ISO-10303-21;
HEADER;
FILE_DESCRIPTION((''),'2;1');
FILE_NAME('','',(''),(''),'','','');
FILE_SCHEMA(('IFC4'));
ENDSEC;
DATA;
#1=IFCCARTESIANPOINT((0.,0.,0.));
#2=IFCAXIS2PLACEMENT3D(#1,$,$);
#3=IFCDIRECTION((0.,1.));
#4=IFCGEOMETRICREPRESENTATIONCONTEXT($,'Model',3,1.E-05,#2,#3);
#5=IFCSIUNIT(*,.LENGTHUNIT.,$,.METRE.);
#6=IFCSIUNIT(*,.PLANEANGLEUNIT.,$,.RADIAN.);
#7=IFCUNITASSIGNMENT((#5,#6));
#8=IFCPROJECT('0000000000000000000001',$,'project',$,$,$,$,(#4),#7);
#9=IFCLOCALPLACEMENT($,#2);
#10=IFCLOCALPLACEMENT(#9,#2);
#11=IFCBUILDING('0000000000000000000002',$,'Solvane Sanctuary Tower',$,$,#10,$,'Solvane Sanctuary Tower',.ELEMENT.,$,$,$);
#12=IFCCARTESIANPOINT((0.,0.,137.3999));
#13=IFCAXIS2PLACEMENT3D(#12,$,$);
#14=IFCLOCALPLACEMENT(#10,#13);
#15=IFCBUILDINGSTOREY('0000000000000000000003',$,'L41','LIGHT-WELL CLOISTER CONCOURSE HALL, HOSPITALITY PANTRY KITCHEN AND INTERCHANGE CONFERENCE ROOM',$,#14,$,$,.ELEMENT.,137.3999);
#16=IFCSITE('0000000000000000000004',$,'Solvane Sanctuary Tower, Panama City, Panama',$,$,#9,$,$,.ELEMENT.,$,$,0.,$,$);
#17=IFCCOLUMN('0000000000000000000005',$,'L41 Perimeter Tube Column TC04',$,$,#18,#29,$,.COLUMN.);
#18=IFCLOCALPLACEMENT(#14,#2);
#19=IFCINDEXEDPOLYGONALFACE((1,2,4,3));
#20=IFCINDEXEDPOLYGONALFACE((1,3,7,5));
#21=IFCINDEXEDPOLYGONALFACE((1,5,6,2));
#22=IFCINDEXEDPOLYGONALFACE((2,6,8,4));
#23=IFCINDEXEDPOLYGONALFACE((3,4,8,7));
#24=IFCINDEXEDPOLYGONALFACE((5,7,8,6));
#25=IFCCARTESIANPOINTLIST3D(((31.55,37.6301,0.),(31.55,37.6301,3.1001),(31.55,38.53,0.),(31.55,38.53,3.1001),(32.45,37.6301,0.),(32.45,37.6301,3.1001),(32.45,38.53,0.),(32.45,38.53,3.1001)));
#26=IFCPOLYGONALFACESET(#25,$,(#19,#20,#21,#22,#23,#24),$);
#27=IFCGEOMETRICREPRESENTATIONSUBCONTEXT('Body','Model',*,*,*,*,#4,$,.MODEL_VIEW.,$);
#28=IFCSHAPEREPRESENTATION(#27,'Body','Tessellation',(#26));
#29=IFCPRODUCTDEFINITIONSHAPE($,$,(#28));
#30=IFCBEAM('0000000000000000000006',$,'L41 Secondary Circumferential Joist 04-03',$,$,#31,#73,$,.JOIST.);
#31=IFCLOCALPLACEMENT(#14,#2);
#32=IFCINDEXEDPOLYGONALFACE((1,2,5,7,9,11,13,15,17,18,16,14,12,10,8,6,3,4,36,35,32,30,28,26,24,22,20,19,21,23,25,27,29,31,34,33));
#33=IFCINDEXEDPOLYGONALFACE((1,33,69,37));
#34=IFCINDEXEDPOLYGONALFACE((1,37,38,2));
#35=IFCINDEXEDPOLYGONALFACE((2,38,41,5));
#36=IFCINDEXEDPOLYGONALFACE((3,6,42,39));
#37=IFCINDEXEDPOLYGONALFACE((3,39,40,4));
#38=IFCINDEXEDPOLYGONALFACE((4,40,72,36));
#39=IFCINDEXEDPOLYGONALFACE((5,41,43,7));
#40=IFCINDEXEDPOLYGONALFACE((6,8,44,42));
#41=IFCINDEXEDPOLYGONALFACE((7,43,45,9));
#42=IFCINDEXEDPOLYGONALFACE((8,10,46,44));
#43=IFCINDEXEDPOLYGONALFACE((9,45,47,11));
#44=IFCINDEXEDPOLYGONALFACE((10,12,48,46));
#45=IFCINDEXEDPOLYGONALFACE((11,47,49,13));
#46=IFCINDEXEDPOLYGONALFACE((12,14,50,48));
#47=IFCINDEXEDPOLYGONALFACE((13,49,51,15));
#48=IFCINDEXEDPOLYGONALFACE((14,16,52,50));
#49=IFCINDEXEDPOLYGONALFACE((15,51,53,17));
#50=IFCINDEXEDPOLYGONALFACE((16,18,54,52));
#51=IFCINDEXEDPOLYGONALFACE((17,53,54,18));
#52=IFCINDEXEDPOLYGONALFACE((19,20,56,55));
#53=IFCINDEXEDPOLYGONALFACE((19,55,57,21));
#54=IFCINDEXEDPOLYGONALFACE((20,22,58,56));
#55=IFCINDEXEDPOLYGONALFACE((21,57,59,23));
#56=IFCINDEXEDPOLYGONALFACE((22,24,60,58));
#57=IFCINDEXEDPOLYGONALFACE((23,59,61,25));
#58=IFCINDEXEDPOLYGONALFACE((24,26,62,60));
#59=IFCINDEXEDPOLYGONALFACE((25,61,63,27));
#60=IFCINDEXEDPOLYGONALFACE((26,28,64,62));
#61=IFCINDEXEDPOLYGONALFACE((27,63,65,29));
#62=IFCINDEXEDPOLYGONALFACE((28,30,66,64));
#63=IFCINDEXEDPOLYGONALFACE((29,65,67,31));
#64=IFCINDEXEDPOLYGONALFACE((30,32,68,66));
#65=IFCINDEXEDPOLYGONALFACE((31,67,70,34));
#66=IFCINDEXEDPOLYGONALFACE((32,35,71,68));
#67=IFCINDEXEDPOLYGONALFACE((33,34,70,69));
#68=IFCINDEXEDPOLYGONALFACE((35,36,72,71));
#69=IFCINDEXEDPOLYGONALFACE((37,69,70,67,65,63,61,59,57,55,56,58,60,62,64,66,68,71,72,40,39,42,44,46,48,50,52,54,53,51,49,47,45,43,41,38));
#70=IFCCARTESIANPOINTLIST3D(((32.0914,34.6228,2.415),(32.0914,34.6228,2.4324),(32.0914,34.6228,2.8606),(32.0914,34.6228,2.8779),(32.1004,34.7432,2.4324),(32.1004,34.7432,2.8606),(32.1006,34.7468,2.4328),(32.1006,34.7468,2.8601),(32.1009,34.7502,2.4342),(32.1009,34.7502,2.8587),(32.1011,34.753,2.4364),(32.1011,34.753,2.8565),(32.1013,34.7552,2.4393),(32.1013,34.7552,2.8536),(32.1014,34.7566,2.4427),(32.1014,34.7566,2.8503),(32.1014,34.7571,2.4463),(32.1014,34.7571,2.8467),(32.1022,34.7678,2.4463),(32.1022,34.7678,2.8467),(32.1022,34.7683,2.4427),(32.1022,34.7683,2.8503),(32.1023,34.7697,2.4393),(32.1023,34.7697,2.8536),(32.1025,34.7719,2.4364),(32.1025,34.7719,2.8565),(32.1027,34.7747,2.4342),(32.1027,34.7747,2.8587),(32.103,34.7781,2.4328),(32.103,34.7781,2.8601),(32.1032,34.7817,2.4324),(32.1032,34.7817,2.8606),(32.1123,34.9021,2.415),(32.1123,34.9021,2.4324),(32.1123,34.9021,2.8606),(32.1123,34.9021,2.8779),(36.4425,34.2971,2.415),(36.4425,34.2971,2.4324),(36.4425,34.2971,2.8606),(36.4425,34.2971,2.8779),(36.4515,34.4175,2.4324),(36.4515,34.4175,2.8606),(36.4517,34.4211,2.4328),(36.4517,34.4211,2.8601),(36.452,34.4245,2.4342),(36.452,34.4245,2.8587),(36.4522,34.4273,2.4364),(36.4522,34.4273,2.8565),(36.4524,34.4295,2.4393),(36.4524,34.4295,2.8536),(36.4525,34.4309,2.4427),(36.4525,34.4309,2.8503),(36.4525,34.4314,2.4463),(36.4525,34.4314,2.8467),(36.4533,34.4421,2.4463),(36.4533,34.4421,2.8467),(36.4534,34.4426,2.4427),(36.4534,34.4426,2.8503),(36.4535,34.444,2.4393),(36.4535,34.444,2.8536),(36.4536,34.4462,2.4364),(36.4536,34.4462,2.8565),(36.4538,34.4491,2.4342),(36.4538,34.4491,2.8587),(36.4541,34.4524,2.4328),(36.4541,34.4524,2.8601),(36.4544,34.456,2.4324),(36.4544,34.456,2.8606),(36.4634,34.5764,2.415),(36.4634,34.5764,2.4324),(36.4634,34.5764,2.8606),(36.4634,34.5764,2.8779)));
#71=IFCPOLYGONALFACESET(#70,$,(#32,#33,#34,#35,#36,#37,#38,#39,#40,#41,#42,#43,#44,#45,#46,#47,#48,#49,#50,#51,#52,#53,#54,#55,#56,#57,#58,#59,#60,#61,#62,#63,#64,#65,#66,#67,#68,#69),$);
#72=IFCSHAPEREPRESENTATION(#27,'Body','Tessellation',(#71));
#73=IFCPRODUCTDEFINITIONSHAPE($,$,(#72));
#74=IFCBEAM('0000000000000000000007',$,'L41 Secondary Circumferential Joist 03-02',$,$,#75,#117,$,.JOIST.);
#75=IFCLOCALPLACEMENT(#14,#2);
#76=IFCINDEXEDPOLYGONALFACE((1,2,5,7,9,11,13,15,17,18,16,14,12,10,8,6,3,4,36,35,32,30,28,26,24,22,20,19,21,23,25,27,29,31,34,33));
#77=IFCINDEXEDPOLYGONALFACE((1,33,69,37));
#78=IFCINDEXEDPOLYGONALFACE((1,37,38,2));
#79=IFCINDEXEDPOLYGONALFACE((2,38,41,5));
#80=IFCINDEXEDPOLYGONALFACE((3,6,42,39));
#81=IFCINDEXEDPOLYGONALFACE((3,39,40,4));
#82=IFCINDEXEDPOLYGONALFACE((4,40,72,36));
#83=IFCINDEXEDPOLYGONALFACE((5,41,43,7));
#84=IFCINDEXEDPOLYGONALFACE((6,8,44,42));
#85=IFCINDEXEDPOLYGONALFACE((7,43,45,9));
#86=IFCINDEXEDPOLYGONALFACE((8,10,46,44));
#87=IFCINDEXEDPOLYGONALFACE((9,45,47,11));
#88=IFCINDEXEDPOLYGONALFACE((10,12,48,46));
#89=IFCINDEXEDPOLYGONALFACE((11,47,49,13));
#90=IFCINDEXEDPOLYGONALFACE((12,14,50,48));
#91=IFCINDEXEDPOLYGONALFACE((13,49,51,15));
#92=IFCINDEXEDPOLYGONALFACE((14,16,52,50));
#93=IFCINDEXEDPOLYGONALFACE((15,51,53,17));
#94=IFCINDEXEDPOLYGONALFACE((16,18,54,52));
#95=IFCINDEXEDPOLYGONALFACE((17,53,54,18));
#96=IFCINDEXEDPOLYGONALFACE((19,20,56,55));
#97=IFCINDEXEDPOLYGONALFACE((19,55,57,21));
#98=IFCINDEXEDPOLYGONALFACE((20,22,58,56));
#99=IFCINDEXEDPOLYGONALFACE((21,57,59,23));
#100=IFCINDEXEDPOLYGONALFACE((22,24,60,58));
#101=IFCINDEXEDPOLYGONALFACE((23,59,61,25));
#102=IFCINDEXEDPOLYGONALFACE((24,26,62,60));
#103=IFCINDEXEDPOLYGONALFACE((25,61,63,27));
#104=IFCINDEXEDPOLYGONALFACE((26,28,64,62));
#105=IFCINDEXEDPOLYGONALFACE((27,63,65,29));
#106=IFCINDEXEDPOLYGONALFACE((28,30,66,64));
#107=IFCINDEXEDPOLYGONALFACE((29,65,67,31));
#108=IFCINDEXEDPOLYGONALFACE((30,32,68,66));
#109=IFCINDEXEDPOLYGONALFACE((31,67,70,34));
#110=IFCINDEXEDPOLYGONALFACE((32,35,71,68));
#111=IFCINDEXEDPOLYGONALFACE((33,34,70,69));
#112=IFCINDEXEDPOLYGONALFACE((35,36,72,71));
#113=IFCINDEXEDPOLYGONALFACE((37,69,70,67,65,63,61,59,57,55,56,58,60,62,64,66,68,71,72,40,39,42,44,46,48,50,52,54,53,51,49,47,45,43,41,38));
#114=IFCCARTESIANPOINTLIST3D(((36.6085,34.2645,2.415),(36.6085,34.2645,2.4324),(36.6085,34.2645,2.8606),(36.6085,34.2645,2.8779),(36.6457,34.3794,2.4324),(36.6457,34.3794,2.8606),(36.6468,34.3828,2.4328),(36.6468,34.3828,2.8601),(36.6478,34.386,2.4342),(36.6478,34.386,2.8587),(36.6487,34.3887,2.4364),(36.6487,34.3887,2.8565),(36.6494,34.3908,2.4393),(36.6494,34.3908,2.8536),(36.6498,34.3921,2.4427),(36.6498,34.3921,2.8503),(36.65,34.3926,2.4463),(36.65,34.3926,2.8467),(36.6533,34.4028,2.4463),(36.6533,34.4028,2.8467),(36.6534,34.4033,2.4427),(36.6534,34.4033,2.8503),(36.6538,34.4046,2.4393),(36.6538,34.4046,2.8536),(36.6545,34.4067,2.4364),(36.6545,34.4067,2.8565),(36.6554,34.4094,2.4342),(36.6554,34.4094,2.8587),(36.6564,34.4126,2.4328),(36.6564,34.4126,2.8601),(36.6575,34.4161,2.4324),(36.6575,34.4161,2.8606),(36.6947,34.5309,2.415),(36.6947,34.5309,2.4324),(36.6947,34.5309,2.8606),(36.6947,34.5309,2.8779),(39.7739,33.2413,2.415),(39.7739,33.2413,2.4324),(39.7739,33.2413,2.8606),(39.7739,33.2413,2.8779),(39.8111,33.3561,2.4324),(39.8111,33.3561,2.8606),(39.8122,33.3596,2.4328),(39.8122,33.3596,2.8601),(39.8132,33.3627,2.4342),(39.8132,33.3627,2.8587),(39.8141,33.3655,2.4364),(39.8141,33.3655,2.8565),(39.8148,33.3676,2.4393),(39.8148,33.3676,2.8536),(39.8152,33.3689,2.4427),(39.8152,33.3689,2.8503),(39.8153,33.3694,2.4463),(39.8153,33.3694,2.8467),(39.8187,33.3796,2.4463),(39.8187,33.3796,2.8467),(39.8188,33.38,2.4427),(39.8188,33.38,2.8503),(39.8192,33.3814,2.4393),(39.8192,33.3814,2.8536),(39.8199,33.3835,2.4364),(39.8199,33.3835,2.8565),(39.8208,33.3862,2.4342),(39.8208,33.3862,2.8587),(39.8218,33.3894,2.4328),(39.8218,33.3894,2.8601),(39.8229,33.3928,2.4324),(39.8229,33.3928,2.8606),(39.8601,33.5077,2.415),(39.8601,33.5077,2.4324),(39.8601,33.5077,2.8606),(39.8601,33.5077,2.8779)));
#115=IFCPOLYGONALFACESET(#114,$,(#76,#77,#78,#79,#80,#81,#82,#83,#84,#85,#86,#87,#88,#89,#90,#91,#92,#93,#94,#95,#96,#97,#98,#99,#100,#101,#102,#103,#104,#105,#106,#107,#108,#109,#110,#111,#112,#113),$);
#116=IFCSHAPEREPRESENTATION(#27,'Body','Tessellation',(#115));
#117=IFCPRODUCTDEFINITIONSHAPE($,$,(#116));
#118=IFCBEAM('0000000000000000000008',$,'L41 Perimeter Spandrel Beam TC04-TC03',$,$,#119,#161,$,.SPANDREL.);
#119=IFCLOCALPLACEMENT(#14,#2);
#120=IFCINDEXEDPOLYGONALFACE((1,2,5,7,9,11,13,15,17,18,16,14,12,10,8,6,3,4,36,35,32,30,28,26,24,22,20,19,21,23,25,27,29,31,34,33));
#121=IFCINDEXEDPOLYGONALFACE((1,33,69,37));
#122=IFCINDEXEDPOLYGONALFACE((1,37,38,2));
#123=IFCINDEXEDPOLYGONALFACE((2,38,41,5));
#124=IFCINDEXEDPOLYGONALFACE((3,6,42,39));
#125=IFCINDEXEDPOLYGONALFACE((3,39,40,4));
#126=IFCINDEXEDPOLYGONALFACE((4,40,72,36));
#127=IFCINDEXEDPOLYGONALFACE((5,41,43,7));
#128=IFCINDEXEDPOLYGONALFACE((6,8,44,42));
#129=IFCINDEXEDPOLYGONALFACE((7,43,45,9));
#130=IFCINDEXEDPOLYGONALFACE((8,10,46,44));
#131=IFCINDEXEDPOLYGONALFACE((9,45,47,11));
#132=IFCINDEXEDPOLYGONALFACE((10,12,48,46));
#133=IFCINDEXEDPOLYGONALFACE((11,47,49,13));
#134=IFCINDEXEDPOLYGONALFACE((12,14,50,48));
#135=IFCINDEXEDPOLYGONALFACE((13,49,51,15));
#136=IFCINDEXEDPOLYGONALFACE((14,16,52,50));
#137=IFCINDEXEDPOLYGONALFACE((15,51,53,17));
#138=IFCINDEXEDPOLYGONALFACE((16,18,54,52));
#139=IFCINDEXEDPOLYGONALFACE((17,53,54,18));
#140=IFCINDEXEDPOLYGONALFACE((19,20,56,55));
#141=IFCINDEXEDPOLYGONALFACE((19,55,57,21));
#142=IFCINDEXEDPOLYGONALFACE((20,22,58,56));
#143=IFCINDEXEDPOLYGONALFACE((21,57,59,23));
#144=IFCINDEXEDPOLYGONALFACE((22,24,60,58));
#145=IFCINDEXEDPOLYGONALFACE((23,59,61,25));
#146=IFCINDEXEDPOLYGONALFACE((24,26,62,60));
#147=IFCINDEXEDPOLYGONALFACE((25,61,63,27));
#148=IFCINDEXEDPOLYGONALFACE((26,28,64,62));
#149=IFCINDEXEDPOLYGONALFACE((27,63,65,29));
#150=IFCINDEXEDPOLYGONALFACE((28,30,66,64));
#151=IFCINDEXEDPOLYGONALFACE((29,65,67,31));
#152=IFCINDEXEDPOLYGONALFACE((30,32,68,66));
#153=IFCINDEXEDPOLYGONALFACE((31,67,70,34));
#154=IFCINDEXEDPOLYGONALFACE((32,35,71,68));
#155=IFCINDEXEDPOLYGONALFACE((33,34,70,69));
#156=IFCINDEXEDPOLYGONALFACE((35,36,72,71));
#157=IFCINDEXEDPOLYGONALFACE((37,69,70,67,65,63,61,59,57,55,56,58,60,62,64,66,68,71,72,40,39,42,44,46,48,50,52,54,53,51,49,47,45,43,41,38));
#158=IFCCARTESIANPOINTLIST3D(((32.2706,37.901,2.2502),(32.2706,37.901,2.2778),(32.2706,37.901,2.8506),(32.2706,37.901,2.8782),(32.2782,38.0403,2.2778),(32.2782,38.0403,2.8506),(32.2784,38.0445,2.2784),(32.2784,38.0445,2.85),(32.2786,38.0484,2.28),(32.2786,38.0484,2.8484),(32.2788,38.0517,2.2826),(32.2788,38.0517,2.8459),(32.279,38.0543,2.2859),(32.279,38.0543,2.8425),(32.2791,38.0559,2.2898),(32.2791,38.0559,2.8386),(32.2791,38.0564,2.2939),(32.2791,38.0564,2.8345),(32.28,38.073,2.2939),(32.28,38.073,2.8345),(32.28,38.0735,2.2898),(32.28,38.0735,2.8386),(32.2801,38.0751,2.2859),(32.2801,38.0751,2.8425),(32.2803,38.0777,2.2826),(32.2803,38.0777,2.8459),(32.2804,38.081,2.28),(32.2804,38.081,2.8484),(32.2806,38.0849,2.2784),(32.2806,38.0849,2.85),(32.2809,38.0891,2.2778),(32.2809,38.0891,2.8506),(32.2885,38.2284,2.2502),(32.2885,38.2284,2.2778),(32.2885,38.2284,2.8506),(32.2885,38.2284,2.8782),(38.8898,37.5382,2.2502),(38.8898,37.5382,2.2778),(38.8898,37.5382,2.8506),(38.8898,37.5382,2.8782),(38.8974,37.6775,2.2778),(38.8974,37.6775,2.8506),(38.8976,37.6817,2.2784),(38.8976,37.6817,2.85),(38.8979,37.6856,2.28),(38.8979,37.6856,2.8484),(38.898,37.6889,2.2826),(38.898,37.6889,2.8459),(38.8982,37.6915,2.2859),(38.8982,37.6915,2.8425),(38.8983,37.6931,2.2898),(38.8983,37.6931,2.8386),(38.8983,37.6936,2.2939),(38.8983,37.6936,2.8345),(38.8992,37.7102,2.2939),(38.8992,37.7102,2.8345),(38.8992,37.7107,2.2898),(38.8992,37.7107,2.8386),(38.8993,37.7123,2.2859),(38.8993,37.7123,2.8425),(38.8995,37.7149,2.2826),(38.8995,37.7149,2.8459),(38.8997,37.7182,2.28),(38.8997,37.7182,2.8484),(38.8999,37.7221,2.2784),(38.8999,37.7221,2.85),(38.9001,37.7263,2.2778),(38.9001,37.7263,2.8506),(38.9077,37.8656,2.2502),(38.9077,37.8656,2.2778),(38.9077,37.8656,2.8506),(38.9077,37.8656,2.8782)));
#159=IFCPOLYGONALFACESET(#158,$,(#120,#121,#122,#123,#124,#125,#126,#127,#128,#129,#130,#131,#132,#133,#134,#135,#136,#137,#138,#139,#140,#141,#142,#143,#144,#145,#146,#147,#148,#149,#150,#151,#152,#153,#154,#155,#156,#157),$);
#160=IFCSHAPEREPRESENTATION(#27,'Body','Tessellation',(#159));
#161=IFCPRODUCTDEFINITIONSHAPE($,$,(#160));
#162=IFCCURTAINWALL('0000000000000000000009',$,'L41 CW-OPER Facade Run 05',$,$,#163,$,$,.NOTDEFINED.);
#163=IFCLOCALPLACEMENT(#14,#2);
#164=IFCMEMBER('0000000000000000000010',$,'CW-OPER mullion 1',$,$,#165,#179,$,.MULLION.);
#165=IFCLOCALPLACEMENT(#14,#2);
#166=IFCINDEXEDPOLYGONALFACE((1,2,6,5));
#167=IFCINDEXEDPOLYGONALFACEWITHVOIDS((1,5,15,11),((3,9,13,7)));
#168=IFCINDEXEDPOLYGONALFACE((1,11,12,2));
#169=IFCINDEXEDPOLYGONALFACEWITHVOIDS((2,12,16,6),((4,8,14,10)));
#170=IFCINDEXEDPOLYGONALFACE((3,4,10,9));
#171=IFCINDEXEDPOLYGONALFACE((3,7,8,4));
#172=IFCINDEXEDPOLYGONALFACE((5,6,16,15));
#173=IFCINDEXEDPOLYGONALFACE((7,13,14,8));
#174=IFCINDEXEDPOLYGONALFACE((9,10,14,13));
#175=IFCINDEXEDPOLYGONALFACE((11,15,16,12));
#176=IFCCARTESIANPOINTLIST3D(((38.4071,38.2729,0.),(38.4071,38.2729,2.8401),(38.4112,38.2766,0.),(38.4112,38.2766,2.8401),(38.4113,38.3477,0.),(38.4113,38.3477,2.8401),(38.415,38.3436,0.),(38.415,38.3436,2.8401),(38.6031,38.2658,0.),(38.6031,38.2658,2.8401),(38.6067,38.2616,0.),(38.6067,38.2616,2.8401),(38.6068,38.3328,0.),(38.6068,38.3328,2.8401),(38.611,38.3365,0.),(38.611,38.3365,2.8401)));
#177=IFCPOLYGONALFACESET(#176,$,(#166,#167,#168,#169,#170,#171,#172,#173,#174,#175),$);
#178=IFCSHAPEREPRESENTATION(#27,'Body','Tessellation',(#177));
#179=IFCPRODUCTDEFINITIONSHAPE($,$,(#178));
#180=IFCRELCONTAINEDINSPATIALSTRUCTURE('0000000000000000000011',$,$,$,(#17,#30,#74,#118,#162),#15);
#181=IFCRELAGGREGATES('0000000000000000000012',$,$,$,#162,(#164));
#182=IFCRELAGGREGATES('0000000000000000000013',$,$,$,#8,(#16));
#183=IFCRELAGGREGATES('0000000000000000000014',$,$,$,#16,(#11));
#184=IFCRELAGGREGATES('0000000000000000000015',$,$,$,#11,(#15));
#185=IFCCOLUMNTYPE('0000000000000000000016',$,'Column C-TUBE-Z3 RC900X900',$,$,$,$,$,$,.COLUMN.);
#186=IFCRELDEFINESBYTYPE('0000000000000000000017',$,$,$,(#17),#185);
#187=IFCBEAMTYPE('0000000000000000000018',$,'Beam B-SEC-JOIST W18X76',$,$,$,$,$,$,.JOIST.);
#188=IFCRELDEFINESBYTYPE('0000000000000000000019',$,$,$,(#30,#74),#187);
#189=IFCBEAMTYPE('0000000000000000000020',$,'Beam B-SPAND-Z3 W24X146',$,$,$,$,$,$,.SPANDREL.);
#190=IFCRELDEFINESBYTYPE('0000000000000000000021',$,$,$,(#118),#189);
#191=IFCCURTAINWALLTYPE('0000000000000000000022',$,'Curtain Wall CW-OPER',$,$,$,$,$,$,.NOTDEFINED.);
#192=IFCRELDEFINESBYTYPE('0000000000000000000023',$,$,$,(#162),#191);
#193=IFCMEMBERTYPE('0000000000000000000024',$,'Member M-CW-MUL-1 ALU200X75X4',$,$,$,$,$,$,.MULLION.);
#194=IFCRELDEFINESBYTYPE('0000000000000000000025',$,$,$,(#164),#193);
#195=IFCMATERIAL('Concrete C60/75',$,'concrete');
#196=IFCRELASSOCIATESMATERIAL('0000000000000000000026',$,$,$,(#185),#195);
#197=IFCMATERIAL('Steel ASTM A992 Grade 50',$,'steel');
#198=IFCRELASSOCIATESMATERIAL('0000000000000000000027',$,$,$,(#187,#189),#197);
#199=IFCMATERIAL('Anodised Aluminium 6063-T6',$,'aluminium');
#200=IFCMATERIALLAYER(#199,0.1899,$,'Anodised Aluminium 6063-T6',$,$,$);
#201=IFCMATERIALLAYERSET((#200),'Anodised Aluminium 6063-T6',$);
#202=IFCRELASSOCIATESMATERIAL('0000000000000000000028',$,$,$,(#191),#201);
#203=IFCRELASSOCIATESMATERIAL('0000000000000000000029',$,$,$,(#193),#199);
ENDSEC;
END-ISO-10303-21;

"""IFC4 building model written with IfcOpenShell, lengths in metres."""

from ifc_helpers import new_model, si_unit, direction, frame, origin, origin_2d, place, context, subcontext, project, spatial, rectangle, hollow_rectangle, i_section, extrude, material, layer, layer_set, material_profile, profile_set, type_object, element, aggregate, save


model = new_model("IFC4")

# Units and contexts
model_context = context("Model", 3, precision=1e-05, world=origin(), true_north=direction((0.0, 1.0)))
body_context = subcontext(model_context, "Body", "Model", "MODEL_VIEW")
ifc_project = project(units=[si_unit("LENGTHUNIT", "METRE"), si_unit("PLANEANGLEUNIT", "RADIAN")], contexts=[model_context])

# Site, building, storey
site_placement = place(None, origin())
site = spatial("IfcSite", under=ifc_project, at=site_placement, Name="Solvane Sanctuary Tower, Panama City, Panama", CompositionType="ELEMENT", RefElevation=0.0)
building_placement = place(site_placement, origin())
building = spatial("IfcBuilding", under=site, at=building_placement, Name="Solvane Sanctuary Tower", LongName="Solvane Sanctuary Tower", CompositionType="ELEMENT")
storey_placement = place(building_placement, frame((0.0, 0.0, 137.3999)))
storey = spatial("IfcBuildingStorey", under=building, at=storey_placement, Name="L41", Description="LIGHT-WELL CLOISTER CONCOURSE HALL, HOSPITALITY PANTRY KITCHEN AND INTERCHANGE CONFERENCE ROOM", CompositionType="ELEMENT", Elevation=137.3999)

# Column
ifc_material_1 = material(Name="Concrete C60/75", Category="concrete")
ifc_material_profile_1 = material_profile(ifc_material_1, rectangle(XDim=0.8999, YDim=0.8999, at=origin_2d()), Name="RC900X900")
ifc_profile_set_1 = profile_set([ifc_material_profile_1], Name="Concrete C60/75")
column_type = type_object("IfcColumnType", Name="Column C-TUBE-Z3 RC900X900", PredefinedType="COLUMN", material=ifc_profile_set_1)
column_placement = place(storey_placement, frame((32.0, 38.0801, 0.0), z_axis=(0.0, 0.0, 1.0), x_axis=(0.0, 1.0, 0.0)))
element("IfcColumn", 1, at=column_placement, inside=storey, type_object=column_type, Name="L41 Perimeter Tube Column TC04", PredefinedType="COLUMN", context=body_context, shape_type="SweptSolid", body=[
    extrude(rectangle(XDim=0.8999, YDim=0.8999, at=origin_2d()), origin(), (0.0, 0.0, 1.0), 3.1001),
])

# Beams
ifc_material_2 = material(Name="Steel ASTM A992 Grade 50", Category="steel")
ifc_material_profile_2 = material_profile(ifc_material_2, i_section(OverallWidth=0.28, OverallDepth=0.4629, WebThickness=0.0107, FlangeThickness=0.0173, FilletRadius=0.0139, at=origin_2d()), Name="W18X76")
ifc_profile_set_2 = profile_set([ifc_material_profile_2], Name="Steel ASTM A992 Grade 50")
beam_type_1 = type_object("IfcBeamType", Name="Beam B-SEC-JOIST W18X76", PredefinedType="JOIST", material=ifc_profile_set_2)
beam_1_placement = place(storey_placement, frame((32.1018, 34.7625, 2.6465), z_axis=(0.99721, -0.074642, 0.0), x_axis=(0.074642, 0.99721, 0.0)))
element("IfcBeam", 2, at=beam_1_placement, inside=storey, type_object=beam_type_1, Name="L41 Secondary Circumferential Joist 04-03", PredefinedType="JOIST", context=body_context, shape_type="SweptSolid", body=[
    extrude(i_section(OverallWidth=0.28, OverallDepth=0.4629, WebThickness=0.0107, FlangeThickness=0.0173, FilletRadius=0.0139, at=origin_2d()), origin(), (0.0, 0.0, 1.0), 4.3633),
])
beam_2_placement = place(storey_placement, frame((36.6516, 34.3977, 2.6465), z_axis=(0.951521, -0.307584, 0.0), x_axis=(0.307584, 0.951521, 0.0)))
element("IfcBeam", 3, at=beam_2_placement, inside=storey, type_object=beam_type_1, Name="L41 Secondary Circumferential Joist 03-02", PredefinedType="JOIST", context=body_context, shape_type="SweptSolid", body=[
    extrude(i_section(OverallWidth=0.28, OverallDepth=0.4629, WebThickness=0.0107, FlangeThickness=0.0173, FilletRadius=0.0139, at=origin_2d()), origin(), (0.0, 0.0, 1.0), 3.3267),
])
ifc_material_profile_3 = material_profile(ifc_material_2, i_section(OverallWidth=0.3279, OverallDepth=0.6279, WebThickness=0.0166, FlangeThickness=0.0276, FilletRadius=0.0161, at=origin_2d()), Name="W24X146")
ifc_profile_set_3 = profile_set([ifc_material_profile_3], Name="Steel ASTM A992 Grade 50")
beam_type_2 = type_object("IfcBeamType", Name="Beam B-SPAND-Z3 W24X146", PredefinedType="SPANDREL", material=ifc_profile_set_3)
beam_3_placement = place(storey_placement, frame((32.2795, 38.0647, 2.5642), z_axis=(0.998501, -0.054728, 0.0), x_axis=(0.054728, 0.998501, 0.0)))
element("IfcBeam", 4, at=beam_3_placement, inside=storey, type_object=beam_type_2, Name="L41 Perimeter Spandrel Beam TC04-TC03", PredefinedType="SPANDREL", context=body_context, shape_type="SweptSolid", body=[
    extrude(i_section(OverallWidth=0.3279, OverallDepth=0.6279, WebThickness=0.0166, FlangeThickness=0.0276, FilletRadius=0.0161, at=origin_2d()), origin(), (0.0, 0.0, 1.0), 6.6292),
])

# Curtain wall, member
ifc_material_3 = material(Name="Anodised Aluminium 6063-T6", Category="aluminium")
ifc_layer_1 = layer(ifc_material_3, 0.1899, Name="Anodised Aluminium 6063-T6")
ifc_layer_set_1 = layer_set([ifc_layer_1], Name="Anodised Aluminium 6063-T6")
curtain_wall_type = type_object("IfcCurtainWallType", Name="Curtain Wall CW-OPER", PredefinedType="NOTDEFINED", material=ifc_layer_set_1)
curtain_wall_1_placement = place(storey_placement, origin())
curtain_wall_1 = element("IfcCurtainWall", 5, at=curtain_wall_1_placement, inside=storey, type_object=curtain_wall_type, Name="L41 CW-OPER Facade Run 05", PredefinedType="NOTDEFINED")
ifc_material_profile_4 = material_profile(ifc_material_3, hollow_rectangle(XDim=0.075, YDim=0.2, WallThickness=0.0039, at=origin_2d()), Name="ALU200X75X4")
ifc_profile_set_4 = profile_set([ifc_material_profile_4], Name="Anodised Aluminium 6063-T6")
member_type_1 = type_object("IfcMemberType", Name="Member M-CW-MUL-1 ALU200X75X4", PredefinedType="MULLION", material=ifc_profile_set_4)
member_1_placement = place(storey_placement, frame((38.509, 38.3047, 0.0), z_axis=(0.0, 0.0, 1.0), x_axis=(-0.056233, -0.998418, 0.0)))
member_1 = element("IfcMember", 6, at=member_1_placement, type_object=member_type_1, Name="CW-OPER mullion 1", PredefinedType="MULLION", context=body_context, shape_type="SweptSolid", body=[
    extrude(hollow_rectangle(XDim=0.075, YDim=0.2, WallThickness=0.0039, at=origin_2d()), origin(), (0.0, 0.0, 1.0), 2.8401),
])

aggregate(curtain_wall_1, [member_1])

save(model, "model.ifc")
